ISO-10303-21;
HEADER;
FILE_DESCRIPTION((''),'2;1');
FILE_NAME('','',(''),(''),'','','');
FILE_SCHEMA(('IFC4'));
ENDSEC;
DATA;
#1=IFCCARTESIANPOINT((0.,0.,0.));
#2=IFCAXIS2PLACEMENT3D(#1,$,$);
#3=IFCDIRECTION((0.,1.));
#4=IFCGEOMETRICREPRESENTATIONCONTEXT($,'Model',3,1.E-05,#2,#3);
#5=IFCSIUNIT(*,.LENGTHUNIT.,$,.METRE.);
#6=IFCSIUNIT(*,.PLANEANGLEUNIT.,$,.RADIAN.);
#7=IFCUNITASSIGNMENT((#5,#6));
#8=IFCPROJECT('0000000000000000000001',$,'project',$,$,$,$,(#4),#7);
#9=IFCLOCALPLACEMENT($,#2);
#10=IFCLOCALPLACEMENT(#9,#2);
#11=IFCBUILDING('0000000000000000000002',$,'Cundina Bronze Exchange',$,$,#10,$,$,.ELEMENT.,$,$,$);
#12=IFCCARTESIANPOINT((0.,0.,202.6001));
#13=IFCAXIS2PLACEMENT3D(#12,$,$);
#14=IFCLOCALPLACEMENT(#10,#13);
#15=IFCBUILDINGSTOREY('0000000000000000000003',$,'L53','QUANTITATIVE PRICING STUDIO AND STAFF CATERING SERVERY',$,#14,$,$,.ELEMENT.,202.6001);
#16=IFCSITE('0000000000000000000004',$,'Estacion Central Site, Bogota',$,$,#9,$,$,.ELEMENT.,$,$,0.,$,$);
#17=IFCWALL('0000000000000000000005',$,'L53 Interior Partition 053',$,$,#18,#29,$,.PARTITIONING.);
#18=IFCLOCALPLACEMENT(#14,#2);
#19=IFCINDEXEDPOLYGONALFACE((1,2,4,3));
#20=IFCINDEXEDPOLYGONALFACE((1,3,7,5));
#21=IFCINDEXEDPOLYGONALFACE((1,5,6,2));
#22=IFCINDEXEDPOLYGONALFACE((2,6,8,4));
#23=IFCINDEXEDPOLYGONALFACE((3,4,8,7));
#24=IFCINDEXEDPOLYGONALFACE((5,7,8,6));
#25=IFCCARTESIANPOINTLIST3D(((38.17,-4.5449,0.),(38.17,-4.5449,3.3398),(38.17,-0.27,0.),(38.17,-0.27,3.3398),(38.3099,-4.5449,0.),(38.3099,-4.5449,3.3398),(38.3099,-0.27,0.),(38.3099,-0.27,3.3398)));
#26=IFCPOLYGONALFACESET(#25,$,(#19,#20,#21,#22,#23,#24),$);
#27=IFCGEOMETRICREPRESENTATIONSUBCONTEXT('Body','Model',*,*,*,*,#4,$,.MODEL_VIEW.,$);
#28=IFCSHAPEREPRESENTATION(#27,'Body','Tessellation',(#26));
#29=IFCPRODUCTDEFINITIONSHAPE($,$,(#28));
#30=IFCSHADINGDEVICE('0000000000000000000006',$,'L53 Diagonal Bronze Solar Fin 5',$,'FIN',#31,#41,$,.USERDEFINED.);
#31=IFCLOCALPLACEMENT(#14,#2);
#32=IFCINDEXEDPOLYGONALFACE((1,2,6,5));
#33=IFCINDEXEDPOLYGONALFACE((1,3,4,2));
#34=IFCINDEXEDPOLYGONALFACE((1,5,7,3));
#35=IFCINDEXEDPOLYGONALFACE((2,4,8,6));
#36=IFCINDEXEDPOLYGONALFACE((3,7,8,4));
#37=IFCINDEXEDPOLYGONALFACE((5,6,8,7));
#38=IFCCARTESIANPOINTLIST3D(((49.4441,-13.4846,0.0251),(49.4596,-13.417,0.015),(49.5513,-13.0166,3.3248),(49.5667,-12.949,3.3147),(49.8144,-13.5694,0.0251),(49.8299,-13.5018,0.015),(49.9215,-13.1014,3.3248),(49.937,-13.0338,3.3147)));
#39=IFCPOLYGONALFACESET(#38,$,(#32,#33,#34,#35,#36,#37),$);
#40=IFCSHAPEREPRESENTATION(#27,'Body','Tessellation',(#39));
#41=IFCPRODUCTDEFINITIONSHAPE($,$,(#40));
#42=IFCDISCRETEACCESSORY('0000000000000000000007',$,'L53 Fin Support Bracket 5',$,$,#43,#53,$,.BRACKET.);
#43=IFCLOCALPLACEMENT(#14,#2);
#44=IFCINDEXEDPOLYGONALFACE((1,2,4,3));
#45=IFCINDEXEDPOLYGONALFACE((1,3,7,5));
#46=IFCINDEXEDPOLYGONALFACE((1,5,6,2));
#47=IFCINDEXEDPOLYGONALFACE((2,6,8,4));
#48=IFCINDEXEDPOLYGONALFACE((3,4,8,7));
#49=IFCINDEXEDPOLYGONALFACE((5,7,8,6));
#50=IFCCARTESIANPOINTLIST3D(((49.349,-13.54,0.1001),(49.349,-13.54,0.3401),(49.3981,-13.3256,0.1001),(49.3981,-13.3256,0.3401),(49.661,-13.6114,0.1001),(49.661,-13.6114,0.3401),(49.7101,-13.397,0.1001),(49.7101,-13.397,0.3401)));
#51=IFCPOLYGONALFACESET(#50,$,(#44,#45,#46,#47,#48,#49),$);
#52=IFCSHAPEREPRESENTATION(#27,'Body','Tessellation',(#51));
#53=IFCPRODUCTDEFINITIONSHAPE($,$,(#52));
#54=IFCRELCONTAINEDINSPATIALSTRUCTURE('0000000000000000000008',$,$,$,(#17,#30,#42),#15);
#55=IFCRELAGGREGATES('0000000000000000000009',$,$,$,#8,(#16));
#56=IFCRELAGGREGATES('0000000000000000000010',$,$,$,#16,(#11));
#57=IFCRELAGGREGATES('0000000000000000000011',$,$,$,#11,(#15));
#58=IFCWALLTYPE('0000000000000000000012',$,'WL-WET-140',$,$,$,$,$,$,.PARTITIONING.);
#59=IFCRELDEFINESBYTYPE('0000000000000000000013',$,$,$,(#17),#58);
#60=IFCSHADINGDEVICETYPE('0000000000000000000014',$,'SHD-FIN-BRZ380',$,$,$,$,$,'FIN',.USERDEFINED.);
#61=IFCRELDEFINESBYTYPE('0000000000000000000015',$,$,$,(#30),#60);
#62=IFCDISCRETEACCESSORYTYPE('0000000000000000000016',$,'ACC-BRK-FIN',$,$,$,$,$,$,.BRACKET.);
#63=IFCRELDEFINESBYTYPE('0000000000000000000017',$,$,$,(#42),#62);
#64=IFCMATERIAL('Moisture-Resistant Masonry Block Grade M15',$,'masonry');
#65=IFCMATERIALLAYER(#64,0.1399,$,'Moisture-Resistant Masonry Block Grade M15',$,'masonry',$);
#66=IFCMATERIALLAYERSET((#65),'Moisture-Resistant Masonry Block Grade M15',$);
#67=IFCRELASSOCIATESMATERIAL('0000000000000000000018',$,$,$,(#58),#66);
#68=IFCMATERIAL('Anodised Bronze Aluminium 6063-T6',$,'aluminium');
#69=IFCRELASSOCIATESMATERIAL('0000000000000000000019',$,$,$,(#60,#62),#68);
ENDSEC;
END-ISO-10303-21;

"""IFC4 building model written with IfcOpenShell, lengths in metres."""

from ifc_helpers import new_model, si_unit, direction, frame, frame_2d, origin, origin_2d, place, context, subcontext, project, spatial, rectangle, extrude, material, layer, layer_set, material_profile, profile_set, type_object, element, save


model = new_model("IFC4")

# Units and contexts
model_context = context("Model", 3, precision=1e-05, world=origin(), true_north=direction((0.0, 1.0)))
body_context = subcontext(model_context, "Body", "Model", "MODEL_VIEW")
ifc_project = project(units=[si_unit("LENGTHUNIT", "METRE"), si_unit("PLANEANGLEUNIT", "RADIAN")], contexts=[model_context])

# Site, building, storey
site_placement = place(None, origin())
site = spatial("IfcSite", under=ifc_project, at=site_placement, Name="Estacion Central Site, Bogota", CompositionType="ELEMENT", RefElevation=0.0)
building_placement = place(site_placement, origin())
building = spatial("IfcBuilding", under=site, at=building_placement, Name="Cundina Bronze Exchange", CompositionType="ELEMENT")
storey_placement = place(building_placement, frame((0.0, 0.0, 202.6001)))
storey = spatial("IfcBuildingStorey", under=building, at=storey_placement, Name="L53", Description="QUANTITATIVE PRICING STUDIO AND STAFF CATERING SERVERY", CompositionType="ELEMENT", Elevation=202.6001)

# Shared definitions
ifc_material_1 = material(Name="Anodised Bronze Aluminium 6063-T6", Category="aluminium")

# Wall
ifc_material_2 = material(Name="Moisture-Resistant Masonry Block Grade M15", Category="masonry")
ifc_layer_1 = layer(ifc_material_2, 0.1399, Name="Moisture-Resistant Masonry Block Grade M15", Category="masonry")
ifc_layer_set_1 = layer_set([ifc_layer_1], Name="Moisture-Resistant Masonry Block Grade M15")
wall_type_1 = type_object("IfcWallType", Name="WL-WET-140", PredefinedType="PARTITIONING", material=ifc_layer_set_1)
wall_1_placement = place(storey_placement, frame((38.24, -4.5449, 0.0), z_axis=(0.0, 0.0, 1.0), x_axis=(0.0, 1.0, 0.0)))
element("IfcWall", 1, at=wall_1_placement, inside=storey, type_object=wall_type_1, Name="L53 Interior Partition 053", PredefinedType="PARTITIONING", context=body_context, shape_type="SweptSolid", body=[
    extrude(rectangle(XDim=4.2749, YDim=0.1399, at=frame_2d((2.1375, 0.0))), origin(), (0.0, 0.0, 1.0), 3.3398),
])

# Shading device
ifc_material_profile_1 = material_profile(ifc_material_1, rectangle(XDim=0.0701, YDim=0.3799, at=origin_2d()), Name="FIN70X380", Category="aluminium")
ifc_profile_set_1 = profile_set([ifc_material_profile_1], Name="Anodised Bronze Aluminium 6063-T6")
shading_device_type = type_object("IfcShadingDeviceType", Name="SHD-FIN-BRZ380", ElementType="FIN", PredefinedType="USERDEFINED", material=ifc_profile_set_1)
shading_device_placement = place(storey_placement, frame((49.637, -13.4932, 0.02), z_axis=(0.032142, 0.140354, 0.98958), x_axis=(-0.220899, -0.964609, 0.143987)))
element("IfcShadingDevice", 2, at=shading_device_placement, inside=storey, type_object=shading_device_type, Name="L53 Diagonal Bronze Solar Fin 5", ObjectType="FIN", PredefinedType="USERDEFINED", context=body_context, shape_type="SweptSolid", body=[
    extrude(rectangle(XDim=0.0701, YDim=0.3799, at=origin_2d()), origin(), (0.0, 0.0, 1.0), 3.3345),
])

# Discrete accessory
discrete_accessory_type = type_object("IfcDiscreteAccessoryType", Name="ACC-BRK-FIN", PredefinedType="BRACKET", material=ifc_material_1)
discrete_accessory_placement = place(storey_placement, frame((49.5295, -13.4685, 0.1001), z_axis=(0.0, 0.0, 1.0), x_axis=(0.223284, 0.974753, 0.0)))
element("IfcDiscreteAccessory", 3, at=discrete_accessory_placement, inside=storey, type_object=discrete_accessory_type, Name="L53 Fin Support Bracket 5", PredefinedType="BRACKET", context=body_context, shape_type="SweptSolid", body=[
    extrude(rectangle(XDim=0.22, YDim=0.3201, at=origin_2d()), origin(), (0.0, 0.0, 1.0), 0.24),
])

save(model, "model.ifc")
